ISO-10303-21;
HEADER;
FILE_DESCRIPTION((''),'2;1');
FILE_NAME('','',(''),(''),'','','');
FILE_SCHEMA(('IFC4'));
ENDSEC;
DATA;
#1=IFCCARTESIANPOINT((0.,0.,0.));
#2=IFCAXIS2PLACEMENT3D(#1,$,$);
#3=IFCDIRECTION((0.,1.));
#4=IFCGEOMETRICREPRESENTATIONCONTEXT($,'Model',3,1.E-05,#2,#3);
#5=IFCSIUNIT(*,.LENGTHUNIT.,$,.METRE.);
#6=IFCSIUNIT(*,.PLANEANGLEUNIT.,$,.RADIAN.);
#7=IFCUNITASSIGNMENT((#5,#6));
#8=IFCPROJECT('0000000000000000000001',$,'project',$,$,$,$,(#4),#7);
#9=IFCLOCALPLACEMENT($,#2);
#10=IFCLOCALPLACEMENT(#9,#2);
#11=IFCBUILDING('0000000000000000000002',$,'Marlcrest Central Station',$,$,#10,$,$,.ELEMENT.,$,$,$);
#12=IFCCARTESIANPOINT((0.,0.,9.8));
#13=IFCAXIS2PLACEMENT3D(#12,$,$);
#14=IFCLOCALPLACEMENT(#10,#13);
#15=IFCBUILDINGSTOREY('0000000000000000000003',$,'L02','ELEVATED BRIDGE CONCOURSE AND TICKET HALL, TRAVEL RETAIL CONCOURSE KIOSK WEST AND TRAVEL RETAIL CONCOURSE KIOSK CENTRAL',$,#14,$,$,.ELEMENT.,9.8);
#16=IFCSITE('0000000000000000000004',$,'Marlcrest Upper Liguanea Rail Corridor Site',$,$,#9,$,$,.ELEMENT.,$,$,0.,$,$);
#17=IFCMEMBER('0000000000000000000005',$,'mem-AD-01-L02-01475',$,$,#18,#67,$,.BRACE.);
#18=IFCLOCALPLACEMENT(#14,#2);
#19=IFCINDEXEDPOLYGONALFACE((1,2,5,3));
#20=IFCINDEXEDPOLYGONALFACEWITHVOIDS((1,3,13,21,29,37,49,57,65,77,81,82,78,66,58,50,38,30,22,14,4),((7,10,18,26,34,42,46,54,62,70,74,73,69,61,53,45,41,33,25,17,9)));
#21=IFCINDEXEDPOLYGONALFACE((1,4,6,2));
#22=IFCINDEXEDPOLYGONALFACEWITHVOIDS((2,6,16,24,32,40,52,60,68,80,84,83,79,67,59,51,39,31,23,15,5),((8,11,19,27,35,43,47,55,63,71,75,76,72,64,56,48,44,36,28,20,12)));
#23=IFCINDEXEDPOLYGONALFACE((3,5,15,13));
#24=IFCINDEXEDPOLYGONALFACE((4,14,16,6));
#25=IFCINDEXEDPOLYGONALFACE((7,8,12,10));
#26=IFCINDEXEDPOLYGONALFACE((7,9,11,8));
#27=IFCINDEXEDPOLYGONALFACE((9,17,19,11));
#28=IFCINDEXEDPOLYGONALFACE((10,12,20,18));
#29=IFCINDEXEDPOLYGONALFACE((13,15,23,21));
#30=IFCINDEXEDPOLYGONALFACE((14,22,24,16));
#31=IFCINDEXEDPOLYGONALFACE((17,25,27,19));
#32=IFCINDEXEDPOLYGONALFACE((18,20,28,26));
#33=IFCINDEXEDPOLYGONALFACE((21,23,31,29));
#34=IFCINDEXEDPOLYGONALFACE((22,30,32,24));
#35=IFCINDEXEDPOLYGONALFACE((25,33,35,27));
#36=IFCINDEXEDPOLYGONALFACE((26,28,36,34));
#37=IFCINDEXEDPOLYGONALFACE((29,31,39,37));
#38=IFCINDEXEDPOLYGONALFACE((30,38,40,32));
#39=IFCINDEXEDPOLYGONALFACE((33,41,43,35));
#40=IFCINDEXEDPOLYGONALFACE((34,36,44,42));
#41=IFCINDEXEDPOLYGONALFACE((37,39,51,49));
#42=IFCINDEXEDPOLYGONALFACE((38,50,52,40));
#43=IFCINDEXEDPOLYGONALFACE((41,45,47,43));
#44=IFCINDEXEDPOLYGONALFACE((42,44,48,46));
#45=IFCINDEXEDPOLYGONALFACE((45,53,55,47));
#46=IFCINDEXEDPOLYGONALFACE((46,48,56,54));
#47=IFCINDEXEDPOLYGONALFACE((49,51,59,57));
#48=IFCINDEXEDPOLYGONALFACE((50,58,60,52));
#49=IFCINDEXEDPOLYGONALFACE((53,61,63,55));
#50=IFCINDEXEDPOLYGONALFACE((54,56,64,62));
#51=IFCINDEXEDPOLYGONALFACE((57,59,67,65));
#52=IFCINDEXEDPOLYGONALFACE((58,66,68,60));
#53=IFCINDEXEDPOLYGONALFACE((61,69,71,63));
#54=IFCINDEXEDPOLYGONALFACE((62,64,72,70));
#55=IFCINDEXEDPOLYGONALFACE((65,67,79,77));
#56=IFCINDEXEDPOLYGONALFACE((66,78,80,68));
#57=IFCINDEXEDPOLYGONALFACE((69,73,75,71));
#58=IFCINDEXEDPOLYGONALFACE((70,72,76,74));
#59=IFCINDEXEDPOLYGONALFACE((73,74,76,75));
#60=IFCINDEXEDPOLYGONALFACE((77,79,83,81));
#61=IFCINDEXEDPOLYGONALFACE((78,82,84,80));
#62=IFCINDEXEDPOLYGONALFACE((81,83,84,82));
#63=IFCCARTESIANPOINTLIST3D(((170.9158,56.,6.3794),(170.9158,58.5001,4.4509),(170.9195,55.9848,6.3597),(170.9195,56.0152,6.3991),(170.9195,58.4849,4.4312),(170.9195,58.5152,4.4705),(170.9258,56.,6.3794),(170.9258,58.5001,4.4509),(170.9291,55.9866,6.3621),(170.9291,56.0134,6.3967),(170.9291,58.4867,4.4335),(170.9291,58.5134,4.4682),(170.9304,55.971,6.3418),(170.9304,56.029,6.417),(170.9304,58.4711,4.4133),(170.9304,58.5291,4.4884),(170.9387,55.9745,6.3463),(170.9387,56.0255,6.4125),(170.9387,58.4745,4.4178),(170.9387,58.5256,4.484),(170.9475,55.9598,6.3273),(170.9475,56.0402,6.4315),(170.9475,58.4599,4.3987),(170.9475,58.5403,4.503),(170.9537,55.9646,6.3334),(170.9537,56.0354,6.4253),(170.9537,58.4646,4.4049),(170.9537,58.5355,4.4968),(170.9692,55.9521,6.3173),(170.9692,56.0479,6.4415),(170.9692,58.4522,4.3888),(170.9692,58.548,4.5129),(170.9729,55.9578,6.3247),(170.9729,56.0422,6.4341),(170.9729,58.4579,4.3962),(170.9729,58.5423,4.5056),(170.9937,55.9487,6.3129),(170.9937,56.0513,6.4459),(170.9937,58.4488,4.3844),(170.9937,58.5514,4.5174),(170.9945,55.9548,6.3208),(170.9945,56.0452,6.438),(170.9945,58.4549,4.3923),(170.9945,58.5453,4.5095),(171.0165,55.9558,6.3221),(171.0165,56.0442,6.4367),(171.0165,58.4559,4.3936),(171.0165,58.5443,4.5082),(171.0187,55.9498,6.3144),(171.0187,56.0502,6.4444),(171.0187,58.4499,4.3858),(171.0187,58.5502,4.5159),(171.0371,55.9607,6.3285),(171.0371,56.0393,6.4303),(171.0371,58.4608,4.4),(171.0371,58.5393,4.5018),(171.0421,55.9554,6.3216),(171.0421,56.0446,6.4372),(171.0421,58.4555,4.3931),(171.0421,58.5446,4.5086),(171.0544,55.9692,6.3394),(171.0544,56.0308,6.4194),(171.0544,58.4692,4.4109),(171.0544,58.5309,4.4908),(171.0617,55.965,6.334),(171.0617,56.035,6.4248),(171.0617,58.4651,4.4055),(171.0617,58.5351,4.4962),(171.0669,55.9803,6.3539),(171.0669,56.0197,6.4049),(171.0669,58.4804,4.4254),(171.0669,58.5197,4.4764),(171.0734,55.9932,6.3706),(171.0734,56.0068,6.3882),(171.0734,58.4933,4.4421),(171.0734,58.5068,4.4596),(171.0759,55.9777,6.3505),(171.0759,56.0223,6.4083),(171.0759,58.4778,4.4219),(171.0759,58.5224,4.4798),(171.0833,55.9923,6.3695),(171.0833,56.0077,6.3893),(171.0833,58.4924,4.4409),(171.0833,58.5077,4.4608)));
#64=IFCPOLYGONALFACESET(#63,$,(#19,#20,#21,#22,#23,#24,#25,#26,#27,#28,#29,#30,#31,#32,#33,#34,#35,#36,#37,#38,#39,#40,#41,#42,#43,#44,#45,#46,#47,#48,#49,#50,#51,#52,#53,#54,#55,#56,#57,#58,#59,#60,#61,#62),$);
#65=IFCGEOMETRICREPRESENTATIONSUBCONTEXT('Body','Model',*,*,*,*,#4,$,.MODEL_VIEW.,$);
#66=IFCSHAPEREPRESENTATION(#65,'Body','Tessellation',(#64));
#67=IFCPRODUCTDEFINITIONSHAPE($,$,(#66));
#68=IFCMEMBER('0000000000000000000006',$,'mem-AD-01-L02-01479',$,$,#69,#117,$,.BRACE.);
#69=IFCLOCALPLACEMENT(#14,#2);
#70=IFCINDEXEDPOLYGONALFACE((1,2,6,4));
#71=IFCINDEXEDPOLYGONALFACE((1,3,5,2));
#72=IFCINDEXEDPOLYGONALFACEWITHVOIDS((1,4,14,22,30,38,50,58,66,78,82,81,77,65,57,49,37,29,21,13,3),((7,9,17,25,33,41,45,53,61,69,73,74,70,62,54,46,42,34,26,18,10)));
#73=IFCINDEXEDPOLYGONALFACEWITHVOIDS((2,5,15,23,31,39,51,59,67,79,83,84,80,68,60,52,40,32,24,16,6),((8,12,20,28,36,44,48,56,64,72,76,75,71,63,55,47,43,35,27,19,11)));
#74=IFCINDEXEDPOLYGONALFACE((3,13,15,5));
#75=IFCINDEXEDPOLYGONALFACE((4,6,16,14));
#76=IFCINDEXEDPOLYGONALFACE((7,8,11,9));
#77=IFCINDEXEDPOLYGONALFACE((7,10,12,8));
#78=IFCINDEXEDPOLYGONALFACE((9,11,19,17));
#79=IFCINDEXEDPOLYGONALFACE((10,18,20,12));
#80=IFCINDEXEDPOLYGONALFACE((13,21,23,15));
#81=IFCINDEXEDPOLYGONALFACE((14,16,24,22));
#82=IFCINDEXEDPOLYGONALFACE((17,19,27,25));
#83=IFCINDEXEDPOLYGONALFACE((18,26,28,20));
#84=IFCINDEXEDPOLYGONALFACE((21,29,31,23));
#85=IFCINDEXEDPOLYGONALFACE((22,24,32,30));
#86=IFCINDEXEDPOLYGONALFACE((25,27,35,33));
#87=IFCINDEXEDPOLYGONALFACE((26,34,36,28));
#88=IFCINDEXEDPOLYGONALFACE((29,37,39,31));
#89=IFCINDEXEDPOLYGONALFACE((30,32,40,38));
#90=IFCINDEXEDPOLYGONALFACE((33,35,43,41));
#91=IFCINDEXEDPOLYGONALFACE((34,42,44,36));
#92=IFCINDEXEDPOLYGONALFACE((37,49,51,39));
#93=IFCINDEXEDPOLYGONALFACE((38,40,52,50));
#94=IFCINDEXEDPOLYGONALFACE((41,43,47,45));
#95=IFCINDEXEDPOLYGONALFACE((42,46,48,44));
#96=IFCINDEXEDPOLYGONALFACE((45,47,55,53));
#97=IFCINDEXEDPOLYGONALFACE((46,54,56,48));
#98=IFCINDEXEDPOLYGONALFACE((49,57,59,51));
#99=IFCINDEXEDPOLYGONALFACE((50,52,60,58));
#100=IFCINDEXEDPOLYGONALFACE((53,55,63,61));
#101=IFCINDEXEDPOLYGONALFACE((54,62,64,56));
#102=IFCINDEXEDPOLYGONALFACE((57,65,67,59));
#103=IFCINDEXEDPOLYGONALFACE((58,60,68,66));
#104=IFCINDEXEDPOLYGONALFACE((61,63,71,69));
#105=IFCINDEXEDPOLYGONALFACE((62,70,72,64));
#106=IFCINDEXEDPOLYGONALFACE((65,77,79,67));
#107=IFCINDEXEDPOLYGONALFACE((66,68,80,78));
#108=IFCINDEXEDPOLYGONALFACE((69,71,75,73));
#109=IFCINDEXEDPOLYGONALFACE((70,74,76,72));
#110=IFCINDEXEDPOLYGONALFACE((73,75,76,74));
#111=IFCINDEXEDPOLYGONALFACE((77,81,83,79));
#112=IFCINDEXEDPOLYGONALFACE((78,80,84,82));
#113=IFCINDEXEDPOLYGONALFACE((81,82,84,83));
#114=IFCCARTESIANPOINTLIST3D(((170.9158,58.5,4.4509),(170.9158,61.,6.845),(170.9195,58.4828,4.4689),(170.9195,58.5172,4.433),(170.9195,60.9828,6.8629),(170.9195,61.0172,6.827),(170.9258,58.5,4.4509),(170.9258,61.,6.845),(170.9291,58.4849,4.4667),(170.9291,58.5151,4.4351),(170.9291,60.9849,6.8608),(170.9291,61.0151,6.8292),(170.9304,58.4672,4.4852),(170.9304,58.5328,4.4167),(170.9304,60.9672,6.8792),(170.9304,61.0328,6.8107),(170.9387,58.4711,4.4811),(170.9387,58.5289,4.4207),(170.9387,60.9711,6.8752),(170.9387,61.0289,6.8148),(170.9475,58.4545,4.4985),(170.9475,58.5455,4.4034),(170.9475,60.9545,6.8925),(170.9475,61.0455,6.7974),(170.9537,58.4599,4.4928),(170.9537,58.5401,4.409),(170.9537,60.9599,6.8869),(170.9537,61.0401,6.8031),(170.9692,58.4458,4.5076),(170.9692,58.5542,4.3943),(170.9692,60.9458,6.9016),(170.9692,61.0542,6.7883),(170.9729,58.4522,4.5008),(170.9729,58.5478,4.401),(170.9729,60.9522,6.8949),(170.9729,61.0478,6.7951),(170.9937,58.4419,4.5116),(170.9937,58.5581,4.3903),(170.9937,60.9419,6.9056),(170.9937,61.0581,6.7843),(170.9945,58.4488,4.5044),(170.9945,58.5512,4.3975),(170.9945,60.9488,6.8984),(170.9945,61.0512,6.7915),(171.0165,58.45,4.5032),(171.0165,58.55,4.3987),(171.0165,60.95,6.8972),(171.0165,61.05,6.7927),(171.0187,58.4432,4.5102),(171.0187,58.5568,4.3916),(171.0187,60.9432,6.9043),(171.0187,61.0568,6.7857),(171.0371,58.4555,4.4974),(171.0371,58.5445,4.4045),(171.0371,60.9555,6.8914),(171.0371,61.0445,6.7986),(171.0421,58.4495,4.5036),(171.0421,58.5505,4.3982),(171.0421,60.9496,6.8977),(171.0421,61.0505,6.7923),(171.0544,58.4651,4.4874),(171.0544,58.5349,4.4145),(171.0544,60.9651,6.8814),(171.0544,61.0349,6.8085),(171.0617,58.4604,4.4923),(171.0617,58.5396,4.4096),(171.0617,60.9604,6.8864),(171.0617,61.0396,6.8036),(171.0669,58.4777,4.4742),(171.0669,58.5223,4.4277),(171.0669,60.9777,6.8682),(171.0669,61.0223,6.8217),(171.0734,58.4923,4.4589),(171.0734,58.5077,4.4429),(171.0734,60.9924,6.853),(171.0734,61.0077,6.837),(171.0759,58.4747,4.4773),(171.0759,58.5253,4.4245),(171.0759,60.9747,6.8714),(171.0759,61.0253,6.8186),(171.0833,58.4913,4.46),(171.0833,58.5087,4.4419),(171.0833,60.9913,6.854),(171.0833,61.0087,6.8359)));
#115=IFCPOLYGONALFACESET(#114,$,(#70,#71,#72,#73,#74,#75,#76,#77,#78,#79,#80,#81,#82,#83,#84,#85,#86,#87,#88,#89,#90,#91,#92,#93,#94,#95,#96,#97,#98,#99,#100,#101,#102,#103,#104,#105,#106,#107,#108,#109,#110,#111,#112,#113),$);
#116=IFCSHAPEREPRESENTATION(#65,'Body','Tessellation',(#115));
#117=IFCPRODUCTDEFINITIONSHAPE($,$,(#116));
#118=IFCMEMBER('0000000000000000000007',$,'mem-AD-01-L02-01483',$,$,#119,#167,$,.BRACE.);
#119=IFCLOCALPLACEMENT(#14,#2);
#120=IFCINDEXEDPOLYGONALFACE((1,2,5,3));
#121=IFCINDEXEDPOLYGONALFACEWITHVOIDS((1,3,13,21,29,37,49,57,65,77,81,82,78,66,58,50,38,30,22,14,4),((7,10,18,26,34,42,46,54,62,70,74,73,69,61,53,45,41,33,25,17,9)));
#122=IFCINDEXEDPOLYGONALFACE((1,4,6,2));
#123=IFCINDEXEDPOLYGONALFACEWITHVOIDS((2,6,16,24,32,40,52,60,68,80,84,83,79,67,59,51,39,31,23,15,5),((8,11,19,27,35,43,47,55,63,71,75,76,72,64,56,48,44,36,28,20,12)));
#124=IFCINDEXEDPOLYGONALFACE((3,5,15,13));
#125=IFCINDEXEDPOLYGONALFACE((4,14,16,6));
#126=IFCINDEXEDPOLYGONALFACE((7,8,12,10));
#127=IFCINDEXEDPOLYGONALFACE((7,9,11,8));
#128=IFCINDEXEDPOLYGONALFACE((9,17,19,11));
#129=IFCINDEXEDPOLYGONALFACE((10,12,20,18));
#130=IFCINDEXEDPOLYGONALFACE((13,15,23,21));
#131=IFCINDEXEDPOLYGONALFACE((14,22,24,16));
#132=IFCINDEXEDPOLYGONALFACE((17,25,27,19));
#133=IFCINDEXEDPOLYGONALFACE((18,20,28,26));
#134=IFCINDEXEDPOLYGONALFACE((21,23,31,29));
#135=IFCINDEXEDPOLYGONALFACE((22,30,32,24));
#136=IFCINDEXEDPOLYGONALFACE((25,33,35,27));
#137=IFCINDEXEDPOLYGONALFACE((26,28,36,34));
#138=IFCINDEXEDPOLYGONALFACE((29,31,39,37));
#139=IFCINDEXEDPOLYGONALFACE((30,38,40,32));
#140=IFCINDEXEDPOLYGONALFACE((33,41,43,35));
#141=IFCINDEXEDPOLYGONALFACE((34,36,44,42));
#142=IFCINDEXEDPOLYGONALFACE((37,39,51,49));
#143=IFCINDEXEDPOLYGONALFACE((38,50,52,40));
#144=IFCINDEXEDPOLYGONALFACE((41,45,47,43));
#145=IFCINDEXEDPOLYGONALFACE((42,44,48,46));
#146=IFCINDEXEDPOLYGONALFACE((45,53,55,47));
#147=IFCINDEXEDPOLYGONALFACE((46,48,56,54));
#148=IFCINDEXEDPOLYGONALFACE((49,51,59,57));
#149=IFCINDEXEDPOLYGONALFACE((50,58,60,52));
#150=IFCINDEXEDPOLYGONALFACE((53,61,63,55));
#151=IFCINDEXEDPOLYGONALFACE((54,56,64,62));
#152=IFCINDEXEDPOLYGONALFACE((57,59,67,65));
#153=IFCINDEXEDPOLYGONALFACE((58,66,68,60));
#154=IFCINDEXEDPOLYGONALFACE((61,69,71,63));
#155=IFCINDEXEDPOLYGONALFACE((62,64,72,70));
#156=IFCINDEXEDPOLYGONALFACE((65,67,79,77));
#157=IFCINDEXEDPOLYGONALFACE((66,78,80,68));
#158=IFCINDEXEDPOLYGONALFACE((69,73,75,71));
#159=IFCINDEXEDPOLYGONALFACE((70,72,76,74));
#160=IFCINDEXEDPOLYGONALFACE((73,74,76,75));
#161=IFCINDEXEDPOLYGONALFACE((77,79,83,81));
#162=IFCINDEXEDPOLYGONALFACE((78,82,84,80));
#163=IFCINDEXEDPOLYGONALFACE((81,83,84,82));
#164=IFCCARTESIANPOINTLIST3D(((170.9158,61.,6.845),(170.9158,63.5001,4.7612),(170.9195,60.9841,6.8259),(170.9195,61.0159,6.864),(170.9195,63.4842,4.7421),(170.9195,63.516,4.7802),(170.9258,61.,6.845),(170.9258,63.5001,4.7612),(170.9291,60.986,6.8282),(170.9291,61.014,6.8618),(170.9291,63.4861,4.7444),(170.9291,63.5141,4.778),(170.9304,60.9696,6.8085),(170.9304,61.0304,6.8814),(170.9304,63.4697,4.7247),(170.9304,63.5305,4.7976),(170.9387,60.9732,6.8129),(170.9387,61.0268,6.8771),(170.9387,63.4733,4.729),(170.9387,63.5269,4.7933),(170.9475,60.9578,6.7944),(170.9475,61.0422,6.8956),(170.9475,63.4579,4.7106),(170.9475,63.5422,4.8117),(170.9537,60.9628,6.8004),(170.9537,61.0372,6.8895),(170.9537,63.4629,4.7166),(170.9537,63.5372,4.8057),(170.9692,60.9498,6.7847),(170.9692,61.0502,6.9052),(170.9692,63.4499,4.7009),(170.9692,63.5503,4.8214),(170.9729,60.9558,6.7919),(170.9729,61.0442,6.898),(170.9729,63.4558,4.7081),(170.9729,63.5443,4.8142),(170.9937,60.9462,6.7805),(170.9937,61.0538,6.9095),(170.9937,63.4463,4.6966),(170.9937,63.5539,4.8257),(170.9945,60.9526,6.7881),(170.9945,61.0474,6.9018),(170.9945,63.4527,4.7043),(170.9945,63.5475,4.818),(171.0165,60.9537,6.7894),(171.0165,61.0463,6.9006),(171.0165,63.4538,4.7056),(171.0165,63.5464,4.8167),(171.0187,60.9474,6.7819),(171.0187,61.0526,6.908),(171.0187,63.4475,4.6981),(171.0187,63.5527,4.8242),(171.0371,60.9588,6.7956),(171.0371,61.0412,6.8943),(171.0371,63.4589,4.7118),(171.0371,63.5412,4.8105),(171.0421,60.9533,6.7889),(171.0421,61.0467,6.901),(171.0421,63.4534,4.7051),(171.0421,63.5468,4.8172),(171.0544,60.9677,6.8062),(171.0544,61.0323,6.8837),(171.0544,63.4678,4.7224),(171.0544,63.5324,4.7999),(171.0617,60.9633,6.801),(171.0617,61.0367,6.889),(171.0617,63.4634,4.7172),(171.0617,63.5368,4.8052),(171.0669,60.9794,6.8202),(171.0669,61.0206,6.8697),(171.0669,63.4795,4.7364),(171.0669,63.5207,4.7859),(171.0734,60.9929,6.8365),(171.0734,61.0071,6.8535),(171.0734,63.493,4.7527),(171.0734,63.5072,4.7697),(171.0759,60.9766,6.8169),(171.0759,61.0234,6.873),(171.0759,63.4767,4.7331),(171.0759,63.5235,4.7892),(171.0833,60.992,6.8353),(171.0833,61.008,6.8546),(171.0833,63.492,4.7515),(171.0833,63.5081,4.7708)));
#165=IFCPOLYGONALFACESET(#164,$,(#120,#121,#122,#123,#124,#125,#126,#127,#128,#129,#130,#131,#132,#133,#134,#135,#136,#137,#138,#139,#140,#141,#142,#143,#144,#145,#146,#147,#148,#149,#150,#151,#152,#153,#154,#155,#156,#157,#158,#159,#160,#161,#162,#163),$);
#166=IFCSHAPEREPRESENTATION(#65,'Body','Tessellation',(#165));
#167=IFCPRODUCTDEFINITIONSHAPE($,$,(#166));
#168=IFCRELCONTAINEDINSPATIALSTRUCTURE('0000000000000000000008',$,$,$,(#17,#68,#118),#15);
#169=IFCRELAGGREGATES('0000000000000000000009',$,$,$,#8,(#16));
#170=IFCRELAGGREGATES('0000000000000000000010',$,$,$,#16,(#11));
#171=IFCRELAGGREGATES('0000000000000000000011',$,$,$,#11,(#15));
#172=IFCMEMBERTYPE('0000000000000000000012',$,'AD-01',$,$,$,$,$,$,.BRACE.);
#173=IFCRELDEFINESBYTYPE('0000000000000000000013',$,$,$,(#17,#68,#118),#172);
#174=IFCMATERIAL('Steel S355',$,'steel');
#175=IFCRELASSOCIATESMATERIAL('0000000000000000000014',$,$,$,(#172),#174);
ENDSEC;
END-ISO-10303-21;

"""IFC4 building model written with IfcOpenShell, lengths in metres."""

from ifc_helpers import new_model, si_unit, direction, frame, origin, origin_2d, place, context, subcontext, project, spatial, hollow_circle, extrude, material, material_profile, profile_set, type_object, element, save


model = new_model("IFC4")

# Units and contexts
model_context = context("Model", 3, precision=1e-05, world=origin(), true_north=direction((0.0, 1.0)))
body_context = subcontext(model_context, "Body", "Model", "MODEL_VIEW")
ifc_project = project(units=[si_unit("LENGTHUNIT", "METRE"), si_unit("PLANEANGLEUNIT", "RADIAN")], contexts=[model_context])

# Site, building, storey
site_placement = place(None, origin())
site = spatial("IfcSite", under=ifc_project, at=site_placement, Name="Marlcrest Upper Liguanea Rail Corridor Site", CompositionType="ELEMENT", RefElevation=0.0)
building_placement = place(site_placement, origin())
building = spatial("IfcBuilding", under=site, at=building_placement, Name="Marlcrest Central Station", CompositionType="ELEMENT")
storey_placement = place(building_placement, frame((0.0, 0.0, 9.8)))
storey = spatial("IfcBuildingStorey", under=building, at=storey_placement, Name="L02", Description="ELEVATED BRIDGE CONCOURSE AND TICKET HALL, TRAVEL RETAIL CONCOURSE KIOSK WEST AND TRAVEL RETAIL CONCOURSE KIOSK CENTRAL", CompositionType="ELEMENT", Elevation=9.8)

# Members
ifc_material = material(Name="Steel S355", Category="steel")
ifc_material_profile_1 = material_profile(ifc_material, hollow_circle(Radius=0.0842, WallThickness=0.01, at=origin_2d()), Name="CHS 168.3x10")
ifc_profile_set_1 = profile_set([ifc_material_profile_1], Name="Steel S355")
member_type_1 = type_object("IfcMemberType", Name="AD-01", PredefinedType="BRACE", material=ifc_profile_set_1)
member_1_placement = place(storey_placement, frame((171.0, 56.0, 6.3794), z_axis=(0.0, 0.791798, -0.610783), x_axis=(-1.0, 0.0, 0.0)))
element("IfcMember", 1, at=member_1_placement, inside=storey, type_object=member_type_1, Name="mem-AD-01-L02-01475", PredefinedType="BRACE", context=body_context, shape_type="SweptSolid", body=[
    extrude(hollow_circle(Radius=0.0842, WallThickness=0.01, at=origin_2d()), origin(), (0.0, 0.0, 1.0), 3.1575),
])
member_2_placement = place(storey_placement, frame((171.0, 58.5, 4.4509), z_axis=(0.0, 0.722247, 0.691636), x_axis=(-1.0, 0.0, 0.0)))
element("IfcMember", 2, at=member_2_placement, inside=storey, type_object=member_type_1, Name="mem-AD-01-L02-01479", PredefinedType="BRACE", context=body_context, shape_type="SweptSolid", body=[
    extrude(hollow_circle(Radius=0.0842, WallThickness=0.01, at=origin_2d()), origin(), (0.0, 0.0, 1.0), 3.4614),
])
member_3_placement = place(storey_placement, frame((171.0, 61.0, 6.845), z_axis=(0.0, 0.76816, -0.640258), x_axis=(-1.0, 0.0, 0.0)))
element("IfcMember", 3, at=member_3_placement, inside=storey, type_object=member_type_1, Name="mem-AD-01-L02-01483", PredefinedType="BRACE", context=body_context, shape_type="SweptSolid", body=[
    extrude(hollow_circle(Radius=0.0842, WallThickness=0.01, at=origin_2d()), origin(), (0.0, 0.0, 1.0), 3.2546),
])

save(model, "model.ifc")
